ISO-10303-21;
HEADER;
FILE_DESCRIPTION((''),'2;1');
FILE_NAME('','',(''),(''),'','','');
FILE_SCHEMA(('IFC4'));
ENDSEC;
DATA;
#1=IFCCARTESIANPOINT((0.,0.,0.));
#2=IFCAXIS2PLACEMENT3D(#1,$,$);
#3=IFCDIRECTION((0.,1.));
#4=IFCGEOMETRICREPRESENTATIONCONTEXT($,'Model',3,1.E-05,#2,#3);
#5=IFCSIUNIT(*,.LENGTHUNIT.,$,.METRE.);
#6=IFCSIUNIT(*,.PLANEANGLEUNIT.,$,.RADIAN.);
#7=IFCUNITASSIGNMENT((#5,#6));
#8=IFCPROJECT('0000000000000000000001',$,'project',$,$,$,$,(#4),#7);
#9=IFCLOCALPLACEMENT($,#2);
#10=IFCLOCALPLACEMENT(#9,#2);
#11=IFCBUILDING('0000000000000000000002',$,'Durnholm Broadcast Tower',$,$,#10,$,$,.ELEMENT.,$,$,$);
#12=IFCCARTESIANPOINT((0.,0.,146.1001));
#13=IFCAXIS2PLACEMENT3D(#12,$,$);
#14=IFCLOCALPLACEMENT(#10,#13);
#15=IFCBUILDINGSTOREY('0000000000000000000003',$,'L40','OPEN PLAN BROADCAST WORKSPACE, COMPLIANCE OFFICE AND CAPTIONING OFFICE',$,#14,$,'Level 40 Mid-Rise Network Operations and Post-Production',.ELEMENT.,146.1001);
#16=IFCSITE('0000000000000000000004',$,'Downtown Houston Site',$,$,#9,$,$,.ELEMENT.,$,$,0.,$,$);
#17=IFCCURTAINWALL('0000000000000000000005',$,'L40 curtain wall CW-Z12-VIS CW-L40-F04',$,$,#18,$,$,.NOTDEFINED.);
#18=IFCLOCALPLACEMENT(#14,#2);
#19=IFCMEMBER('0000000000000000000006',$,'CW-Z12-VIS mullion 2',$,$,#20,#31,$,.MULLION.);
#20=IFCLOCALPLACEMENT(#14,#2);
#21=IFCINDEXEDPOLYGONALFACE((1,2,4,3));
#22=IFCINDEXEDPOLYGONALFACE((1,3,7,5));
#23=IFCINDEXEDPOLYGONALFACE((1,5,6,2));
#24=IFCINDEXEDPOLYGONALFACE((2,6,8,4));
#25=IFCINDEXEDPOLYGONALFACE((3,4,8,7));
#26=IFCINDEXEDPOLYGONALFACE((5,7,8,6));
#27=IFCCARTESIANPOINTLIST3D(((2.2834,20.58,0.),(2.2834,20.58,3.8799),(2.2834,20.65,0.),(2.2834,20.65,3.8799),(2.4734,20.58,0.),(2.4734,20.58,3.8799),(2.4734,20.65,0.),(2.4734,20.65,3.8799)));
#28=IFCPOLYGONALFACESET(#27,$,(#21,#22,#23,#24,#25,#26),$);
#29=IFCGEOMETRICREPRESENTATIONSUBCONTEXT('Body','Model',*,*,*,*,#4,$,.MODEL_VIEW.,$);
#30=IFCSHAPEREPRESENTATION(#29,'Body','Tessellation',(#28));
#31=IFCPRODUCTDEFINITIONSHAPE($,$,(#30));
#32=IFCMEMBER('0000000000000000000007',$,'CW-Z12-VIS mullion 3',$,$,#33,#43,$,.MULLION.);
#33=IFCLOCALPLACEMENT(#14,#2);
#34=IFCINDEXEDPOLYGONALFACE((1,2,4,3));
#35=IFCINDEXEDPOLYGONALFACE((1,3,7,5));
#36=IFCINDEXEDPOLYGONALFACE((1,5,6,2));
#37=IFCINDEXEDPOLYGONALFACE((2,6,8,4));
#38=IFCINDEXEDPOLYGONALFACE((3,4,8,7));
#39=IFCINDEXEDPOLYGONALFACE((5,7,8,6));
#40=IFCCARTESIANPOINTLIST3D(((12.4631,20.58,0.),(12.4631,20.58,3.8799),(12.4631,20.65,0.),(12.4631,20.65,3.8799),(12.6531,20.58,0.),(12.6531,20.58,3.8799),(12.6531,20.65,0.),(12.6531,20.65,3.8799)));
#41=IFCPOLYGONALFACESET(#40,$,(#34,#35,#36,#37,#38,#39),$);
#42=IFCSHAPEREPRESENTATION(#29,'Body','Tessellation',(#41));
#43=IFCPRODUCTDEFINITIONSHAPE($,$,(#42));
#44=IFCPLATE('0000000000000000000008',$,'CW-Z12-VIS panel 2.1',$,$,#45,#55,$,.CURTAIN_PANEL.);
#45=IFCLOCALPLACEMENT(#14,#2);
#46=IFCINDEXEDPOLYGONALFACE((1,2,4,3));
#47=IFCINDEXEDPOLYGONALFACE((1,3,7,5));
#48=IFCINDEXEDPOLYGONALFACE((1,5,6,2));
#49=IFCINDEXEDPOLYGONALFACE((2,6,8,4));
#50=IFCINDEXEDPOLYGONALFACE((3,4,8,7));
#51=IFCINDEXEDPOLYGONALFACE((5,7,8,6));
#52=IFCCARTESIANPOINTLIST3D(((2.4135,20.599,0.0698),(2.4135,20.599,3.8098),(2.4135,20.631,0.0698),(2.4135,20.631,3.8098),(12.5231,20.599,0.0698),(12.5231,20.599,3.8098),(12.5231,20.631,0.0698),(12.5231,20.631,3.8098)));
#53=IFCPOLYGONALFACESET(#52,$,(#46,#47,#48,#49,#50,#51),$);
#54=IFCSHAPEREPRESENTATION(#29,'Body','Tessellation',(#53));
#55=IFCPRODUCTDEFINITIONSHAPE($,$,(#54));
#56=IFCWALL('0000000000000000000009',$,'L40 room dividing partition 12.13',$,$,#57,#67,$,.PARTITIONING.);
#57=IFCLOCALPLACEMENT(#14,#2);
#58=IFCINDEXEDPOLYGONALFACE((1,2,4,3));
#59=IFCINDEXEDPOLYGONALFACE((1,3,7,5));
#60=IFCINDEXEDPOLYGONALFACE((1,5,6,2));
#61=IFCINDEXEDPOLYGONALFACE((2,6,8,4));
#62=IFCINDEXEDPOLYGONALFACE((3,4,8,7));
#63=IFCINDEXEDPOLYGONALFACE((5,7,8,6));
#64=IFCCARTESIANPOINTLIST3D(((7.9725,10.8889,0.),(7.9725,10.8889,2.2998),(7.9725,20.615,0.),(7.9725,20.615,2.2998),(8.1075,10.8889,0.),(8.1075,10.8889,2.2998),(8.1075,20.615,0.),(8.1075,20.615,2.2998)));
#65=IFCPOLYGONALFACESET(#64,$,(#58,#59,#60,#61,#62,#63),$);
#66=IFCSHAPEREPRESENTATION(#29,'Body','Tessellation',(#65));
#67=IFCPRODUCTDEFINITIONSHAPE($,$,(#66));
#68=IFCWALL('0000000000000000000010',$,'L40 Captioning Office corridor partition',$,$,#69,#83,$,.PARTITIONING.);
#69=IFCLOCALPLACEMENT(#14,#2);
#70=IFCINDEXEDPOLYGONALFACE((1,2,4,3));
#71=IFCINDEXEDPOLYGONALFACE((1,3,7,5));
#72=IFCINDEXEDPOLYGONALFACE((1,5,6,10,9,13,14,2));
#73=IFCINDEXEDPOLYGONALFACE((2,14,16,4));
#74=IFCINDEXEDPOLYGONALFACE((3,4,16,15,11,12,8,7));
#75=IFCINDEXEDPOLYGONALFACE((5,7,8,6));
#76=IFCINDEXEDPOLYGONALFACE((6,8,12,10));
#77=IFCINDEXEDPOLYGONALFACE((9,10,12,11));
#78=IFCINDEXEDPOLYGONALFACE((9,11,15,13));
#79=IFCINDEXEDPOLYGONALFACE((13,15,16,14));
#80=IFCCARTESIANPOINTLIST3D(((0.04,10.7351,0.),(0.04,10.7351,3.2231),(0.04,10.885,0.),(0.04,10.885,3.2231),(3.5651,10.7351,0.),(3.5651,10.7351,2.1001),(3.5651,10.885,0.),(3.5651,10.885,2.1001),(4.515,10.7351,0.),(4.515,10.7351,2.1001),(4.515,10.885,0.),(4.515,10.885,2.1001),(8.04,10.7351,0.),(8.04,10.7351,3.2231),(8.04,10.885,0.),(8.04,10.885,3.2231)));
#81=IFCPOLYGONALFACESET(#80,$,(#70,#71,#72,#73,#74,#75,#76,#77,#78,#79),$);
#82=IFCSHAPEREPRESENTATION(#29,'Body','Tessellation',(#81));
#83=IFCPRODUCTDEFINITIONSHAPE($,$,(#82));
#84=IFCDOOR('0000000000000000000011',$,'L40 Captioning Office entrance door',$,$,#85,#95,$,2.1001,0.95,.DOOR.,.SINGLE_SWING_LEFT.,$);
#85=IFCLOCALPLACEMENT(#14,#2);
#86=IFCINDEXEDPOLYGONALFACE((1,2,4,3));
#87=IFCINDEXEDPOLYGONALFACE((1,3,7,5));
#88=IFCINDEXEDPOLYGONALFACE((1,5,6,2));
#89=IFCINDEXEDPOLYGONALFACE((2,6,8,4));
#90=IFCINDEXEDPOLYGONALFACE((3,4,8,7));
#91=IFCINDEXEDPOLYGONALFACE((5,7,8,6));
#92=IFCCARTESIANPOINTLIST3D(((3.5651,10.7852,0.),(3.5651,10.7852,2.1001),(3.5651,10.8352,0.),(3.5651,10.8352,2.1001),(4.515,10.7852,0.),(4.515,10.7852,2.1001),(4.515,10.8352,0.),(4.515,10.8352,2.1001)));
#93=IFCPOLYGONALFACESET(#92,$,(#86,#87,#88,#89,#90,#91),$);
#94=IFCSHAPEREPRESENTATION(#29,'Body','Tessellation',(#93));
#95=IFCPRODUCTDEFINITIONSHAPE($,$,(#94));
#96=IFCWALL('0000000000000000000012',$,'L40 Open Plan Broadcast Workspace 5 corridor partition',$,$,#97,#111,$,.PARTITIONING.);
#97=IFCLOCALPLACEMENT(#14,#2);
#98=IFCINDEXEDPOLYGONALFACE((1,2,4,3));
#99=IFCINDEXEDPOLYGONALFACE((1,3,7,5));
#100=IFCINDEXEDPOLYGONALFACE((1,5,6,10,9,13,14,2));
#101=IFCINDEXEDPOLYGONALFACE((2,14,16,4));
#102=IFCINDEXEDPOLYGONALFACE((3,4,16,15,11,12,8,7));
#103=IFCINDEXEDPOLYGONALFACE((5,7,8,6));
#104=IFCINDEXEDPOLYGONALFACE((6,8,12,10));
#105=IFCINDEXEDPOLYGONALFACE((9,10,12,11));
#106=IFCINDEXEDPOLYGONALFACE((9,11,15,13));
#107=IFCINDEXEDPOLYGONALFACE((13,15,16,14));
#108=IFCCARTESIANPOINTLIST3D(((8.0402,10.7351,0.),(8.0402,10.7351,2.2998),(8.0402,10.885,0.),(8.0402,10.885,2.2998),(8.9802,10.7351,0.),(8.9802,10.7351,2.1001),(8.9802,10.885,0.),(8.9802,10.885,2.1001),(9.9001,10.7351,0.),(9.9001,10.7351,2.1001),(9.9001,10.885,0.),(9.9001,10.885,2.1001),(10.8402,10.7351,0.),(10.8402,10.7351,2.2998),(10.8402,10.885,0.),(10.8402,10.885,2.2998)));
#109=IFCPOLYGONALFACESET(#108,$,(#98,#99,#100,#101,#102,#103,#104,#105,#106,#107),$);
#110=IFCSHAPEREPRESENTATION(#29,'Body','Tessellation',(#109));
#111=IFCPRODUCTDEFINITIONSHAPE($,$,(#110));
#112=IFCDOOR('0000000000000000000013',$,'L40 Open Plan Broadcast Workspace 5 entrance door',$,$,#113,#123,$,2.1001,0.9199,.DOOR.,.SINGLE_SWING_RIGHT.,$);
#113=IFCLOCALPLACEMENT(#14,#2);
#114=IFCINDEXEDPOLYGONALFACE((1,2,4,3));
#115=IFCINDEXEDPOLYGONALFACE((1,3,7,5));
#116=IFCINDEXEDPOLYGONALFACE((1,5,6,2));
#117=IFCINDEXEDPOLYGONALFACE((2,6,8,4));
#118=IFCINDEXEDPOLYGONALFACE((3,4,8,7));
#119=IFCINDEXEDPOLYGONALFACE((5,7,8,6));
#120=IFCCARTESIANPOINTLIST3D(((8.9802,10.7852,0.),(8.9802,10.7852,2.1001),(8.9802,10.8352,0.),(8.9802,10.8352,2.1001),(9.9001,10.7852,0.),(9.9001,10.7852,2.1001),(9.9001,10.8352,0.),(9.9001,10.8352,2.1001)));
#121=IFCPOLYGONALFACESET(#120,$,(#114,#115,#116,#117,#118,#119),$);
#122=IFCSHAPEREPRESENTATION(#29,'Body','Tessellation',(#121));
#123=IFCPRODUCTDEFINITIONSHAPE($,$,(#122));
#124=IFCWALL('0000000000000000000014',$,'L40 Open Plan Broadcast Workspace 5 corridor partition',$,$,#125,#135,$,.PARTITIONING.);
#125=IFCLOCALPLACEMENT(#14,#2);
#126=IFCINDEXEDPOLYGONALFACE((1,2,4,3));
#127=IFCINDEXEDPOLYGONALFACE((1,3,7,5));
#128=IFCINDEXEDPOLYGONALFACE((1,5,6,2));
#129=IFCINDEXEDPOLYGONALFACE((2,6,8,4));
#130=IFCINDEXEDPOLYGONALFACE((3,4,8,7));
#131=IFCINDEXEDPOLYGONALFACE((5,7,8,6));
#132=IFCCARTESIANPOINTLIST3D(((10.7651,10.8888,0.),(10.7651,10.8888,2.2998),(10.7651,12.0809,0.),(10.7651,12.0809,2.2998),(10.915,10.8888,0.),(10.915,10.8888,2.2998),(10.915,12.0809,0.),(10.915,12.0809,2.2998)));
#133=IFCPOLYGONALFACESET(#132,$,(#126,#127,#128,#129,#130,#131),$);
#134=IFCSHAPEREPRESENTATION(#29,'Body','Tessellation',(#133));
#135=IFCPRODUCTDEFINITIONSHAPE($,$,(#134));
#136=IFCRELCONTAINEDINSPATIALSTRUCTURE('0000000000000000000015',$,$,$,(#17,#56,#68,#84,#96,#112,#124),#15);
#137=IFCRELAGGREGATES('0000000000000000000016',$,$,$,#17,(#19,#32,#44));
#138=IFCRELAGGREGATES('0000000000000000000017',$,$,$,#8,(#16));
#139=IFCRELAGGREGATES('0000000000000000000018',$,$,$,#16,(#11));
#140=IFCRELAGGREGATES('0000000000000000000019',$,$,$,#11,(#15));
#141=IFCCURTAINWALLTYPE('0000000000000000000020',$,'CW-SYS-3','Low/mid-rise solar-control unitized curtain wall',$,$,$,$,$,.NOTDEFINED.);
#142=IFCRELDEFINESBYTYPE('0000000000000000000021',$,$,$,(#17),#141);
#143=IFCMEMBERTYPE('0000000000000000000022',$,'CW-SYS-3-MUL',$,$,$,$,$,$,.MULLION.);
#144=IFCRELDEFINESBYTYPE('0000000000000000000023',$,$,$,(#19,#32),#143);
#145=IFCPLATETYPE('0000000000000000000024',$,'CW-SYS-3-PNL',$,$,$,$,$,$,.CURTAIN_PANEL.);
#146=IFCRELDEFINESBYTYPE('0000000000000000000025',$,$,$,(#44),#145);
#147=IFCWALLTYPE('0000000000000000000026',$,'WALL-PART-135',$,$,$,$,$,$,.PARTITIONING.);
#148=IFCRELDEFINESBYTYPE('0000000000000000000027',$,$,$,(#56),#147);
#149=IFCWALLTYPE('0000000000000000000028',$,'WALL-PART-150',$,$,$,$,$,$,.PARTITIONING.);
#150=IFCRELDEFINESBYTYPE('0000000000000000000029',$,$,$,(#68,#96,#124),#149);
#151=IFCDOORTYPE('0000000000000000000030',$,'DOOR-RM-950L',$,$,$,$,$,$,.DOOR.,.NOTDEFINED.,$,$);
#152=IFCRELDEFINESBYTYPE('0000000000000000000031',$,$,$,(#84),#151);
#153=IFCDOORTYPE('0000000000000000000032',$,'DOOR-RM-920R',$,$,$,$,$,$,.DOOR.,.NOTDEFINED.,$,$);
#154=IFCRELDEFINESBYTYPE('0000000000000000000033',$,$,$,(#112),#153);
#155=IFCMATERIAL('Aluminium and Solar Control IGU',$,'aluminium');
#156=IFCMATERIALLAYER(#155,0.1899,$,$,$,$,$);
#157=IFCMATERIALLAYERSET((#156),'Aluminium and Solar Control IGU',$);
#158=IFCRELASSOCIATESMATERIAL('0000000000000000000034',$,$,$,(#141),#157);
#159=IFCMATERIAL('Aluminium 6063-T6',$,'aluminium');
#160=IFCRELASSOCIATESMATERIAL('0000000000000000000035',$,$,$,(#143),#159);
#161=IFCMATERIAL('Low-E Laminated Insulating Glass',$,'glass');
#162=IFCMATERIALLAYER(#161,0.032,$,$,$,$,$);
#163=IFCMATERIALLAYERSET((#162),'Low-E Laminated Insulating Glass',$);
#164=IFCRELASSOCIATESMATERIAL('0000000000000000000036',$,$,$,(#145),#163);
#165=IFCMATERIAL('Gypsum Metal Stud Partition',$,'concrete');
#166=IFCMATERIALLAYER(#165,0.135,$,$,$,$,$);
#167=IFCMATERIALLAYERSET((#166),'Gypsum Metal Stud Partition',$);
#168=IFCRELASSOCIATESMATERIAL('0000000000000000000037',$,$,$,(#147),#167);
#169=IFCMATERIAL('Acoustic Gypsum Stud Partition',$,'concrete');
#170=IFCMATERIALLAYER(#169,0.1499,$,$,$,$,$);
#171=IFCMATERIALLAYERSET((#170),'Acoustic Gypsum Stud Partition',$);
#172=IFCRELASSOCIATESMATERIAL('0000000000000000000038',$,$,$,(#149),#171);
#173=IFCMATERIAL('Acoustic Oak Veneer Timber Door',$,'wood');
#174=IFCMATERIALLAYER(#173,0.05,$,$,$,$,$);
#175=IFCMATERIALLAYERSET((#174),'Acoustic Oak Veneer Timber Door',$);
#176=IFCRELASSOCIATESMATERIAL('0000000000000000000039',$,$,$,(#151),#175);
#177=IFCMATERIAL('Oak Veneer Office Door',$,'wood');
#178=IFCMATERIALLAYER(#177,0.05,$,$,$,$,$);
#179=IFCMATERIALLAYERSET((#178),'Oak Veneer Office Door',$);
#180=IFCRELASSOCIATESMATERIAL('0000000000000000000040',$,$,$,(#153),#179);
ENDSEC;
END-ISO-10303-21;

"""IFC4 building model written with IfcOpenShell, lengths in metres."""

from ifc_helpers import new_model, si_unit, direction, frame, frame_2d, origin, origin_2d, place, context, subcontext, project, spatial, rectangle, extrude, source, transform, mapped, material, layer, layer_set, material_profile, profile_set, type_object, type_shapes, element, fill, aggregate, save


model = new_model("IFC4")

# Units and contexts
model_context = context("Model", 3, precision=1e-05, world=origin(), true_north=direction((0.0, 1.0)))
body_context = subcontext(model_context, "Body", "Model", "MODEL_VIEW")
ifc_project = project(units=[si_unit("LENGTHUNIT", "METRE"), si_unit("PLANEANGLEUNIT", "RADIAN")], contexts=[model_context])

# Site, building, storey
site_placement = place(None, origin())
site = spatial("IfcSite", under=ifc_project, at=site_placement, Name="Downtown Houston Site", CompositionType="ELEMENT", RefElevation=0.0)
building_placement = place(site_placement, origin())
building = spatial("IfcBuilding", under=site, at=building_placement, Name="Durnholm Broadcast Tower", CompositionType="ELEMENT")
storey_placement = place(building_placement, frame((0.0, 0.0, 146.1001)))
storey = spatial("IfcBuildingStorey", under=building, at=storey_placement, Name="L40", Description="OPEN PLAN BROADCAST WORKSPACE, COMPLIANCE OFFICE AND CAPTIONING OFFICE", LongName="Level 40 Mid-Rise Network Operations and Post-Production", CompositionType="ELEMENT", Elevation=146.1001)

# Curtain wall
ifc_material_1 = material(Name="Aluminium and Solar Control IGU", Category="aluminium")
ifc_material_2 = material(Name="Aluminium 6063-T6", Category="aluminium")
ifc_layer_1 = layer(ifc_material_1, 0.1899)
ifc_layer_set_1 = layer_set([ifc_layer_1], Name="Aluminium and Solar Control IGU")
curtain_wall_type_1 = type_object("IfcCurtainWallType", Name="CW-SYS-3", Description="Low/mid-rise solar-control unitized curtain wall", PredefinedType="NOTDEFINED", material=ifc_layer_set_1)
curtain_wall_1_placement = place(storey_placement, origin())
curtain_wall_1 = element("IfcCurtainWall", 1, at=curtain_wall_1_placement, inside=storey, type_object=curtain_wall_type_1, Name="L40 curtain wall CW-Z12-VIS CW-L40-F04", PredefinedType="NOTDEFINED")

# Members
ifc_material_profile_1 = material_profile(ifc_material_2, rectangle(XDim=0.0701, YDim=0.1899, at=origin_2d()), Name="CWM70X190")
ifc_profile_set_1 = profile_set([ifc_material_profile_1], Name="Aluminium 6063-T6")
member_type_1 = type_object("IfcMemberType", Name="CW-SYS-3-MUL", PredefinedType="MULLION", material=ifc_profile_set_1)
shared_shape_1 = source(origin(), body_context, "Body", "SweptSolid", [
    extrude(rectangle(XDim=0.0701, YDim=0.1899, at=origin_2d()), origin(), (0.0, 0.0, 1.0), 3.8799),
])
type_shapes(member_type_1, [shared_shape_1])
member_1_placement = place(storey_placement, frame((2.3784, 20.615, 0.0), z_axis=(0.0, 0.0, 1.0), x_axis=(0.0, 1.0, 0.0)))
member_1 = element("IfcMember", 2, at=member_1_placement, type_object=member_type_1, Name="CW-Z12-VIS mullion 2", PredefinedType="MULLION", context=body_context, shape_type="MappedRepresentation", body=[
    mapped(shared_shape_1, transform((0.0, 0.0, 0.0), x_axis=(1.0, 0.0, 0.0), y_axis=(0.0, 1.0, 0.0), z_axis=(0.0, 0.0, 1.0), scale=1.0)),
])
member_2_placement = place(storey_placement, frame((12.5581, 20.615, 0.0), z_axis=(0.0, 0.0, 1.0), x_axis=(0.0, 1.0, 0.0)))
member_2 = element("IfcMember", 3, at=member_2_placement, type_object=member_type_1, Name="CW-Z12-VIS mullion 3", PredefinedType="MULLION", context=body_context, shape_type="MappedRepresentation", body=[
    mapped(shared_shape_1, transform((0.0, 0.0, 0.0), x_axis=(1.0, 0.0, 0.0), y_axis=(0.0, 1.0, 0.0), z_axis=(0.0, 0.0, 1.0), scale=1.0)),
])

# Plate
ifc_material_3 = material(Name="Low-E Laminated Insulating Glass", Category="glass")
ifc_layer_2 = layer(ifc_material_3, 0.032)
ifc_layer_set_2 = layer_set([ifc_layer_2], Name="Low-E Laminated Insulating Glass")
plate_type = type_object("IfcPlateType", Name="CW-SYS-3-PNL", PredefinedType="CURTAIN_PANEL", material=ifc_layer_set_2)
shared_shape_2 = source(origin(), body_context, "Body", "SweptSolid", [
    extrude(rectangle(XDim=10.1096, YDim=0.032, at=origin_2d()), origin(), (0.0, 0.0, 1.0), 3.74),
])
type_shapes(plate_type, [shared_shape_2])
plate_placement = place(storey_placement, frame((7.4683, 20.615, 0.0698), z_axis=(0.0, 0.0, 1.0), x_axis=(1.0, 0.0, 0.0)))
plate = element("IfcPlate", 4, at=plate_placement, type_object=plate_type, Name="CW-Z12-VIS panel 2.1", PredefinedType="CURTAIN_PANEL", context=body_context, shape_type="MappedRepresentation", body=[
    mapped(shared_shape_2, transform((0.0, 0.0, 0.0), x_axis=(1.0, 0.0, 0.0), y_axis=(0.0, 1.0, 0.0), z_axis=(0.0, 0.0, 1.0), scale=1.0)),
])
aggregate(curtain_wall_1, [member_1, member_2, plate])

# Wall
ifc_material_4 = material(Name="Gypsum Metal Stud Partition", Category="concrete")
ifc_layer_3 = layer(ifc_material_4, 0.135)
ifc_layer_set_3 = layer_set([ifc_layer_3], Name="Gypsum Metal Stud Partition")
wall_type_1 = type_object("IfcWallType", Name="WALL-PART-135", PredefinedType="PARTITIONING", material=ifc_layer_set_3)
wall_1_placement = place(storey_placement, frame((8.04, 20.615, 0.0), z_axis=(0.0, 0.0, 1.0), x_axis=(0.0, -1.0, 0.0)))
element("IfcWall", 5, at=wall_1_placement, inside=storey, type_object=wall_type_1, Name="L40 room dividing partition 12.13", PredefinedType="PARTITIONING", context=body_context, shape_type="SweptSolid", body=[
    extrude(rectangle(XDim=9.7261, YDim=0.135, at=frame_2d((4.863, 0.0))), origin(), (0.0, 0.0, 1.0), 2.2998),
])

# Walls, openings, doors
ifc_material_5 = material(Name="Acoustic Gypsum Stud Partition", Category="concrete")
ifc_layer_4 = layer(ifc_material_5, 0.1499)
ifc_layer_set_4 = layer_set([ifc_layer_4], Name="Acoustic Gypsum Stud Partition")
wall_type_2 = type_object("IfcWallType", Name="WALL-PART-150", PredefinedType="PARTITIONING", material=ifc_layer_set_4)
wall_2_placement = place(storey_placement, frame((8.04, 10.8101, 0.0), z_axis=(0.0, 0.0, 1.0), x_axis=(-1.0, 0.0, 0.0)))
wall_2 = element("IfcWall", 6, at=wall_2_placement, inside=storey, type_object=wall_type_2, Name="L40 Captioning Office corridor partition", PredefinedType="PARTITIONING", context=body_context, shape_type="SweptSolid", body=[
    extrude(rectangle(XDim=8.0, YDim=0.1499, at=frame_2d((4.0, 0.0))), origin(), (0.0, 0.0, 1.0), 3.2231),
])
opening_1_placement = place(wall_2_placement, frame((3.5249, 0.0, 0.0)))
opening_1 = element("IfcOpeningElement", 7, at=opening_1_placement, cuts=wall_2, PredefinedType="OPENING", context=body_context, shape_type="SweptSolid", body=[
    extrude(rectangle(XDim=0.95, YDim=2.1001, at=frame_2d((0.4751, 1.05))), frame((0.0, 0.085, 0.0), z_axis=(0.0, -1.0, 0.0), x_axis=(1.0, 0.0, 0.0)), (0.0, 0.0, 1.0), 0.1699),
])
ifc_material_6 = material(Name="Acoustic Oak Veneer Timber Door", Category="wood")
ifc_layer_5 = layer(ifc_material_6, 0.05)
ifc_layer_set_5 = layer_set([ifc_layer_5], Name="Acoustic Oak Veneer Timber Door")
door_type_1 = type_object("IfcDoorType", Name="DOOR-RM-950L", OperationType="NOTDEFINED", PredefinedType="DOOR", material=ifc_layer_set_5)
shared_shape_3 = source(origin(), body_context, "Body", "SweptSolid", [
    extrude(rectangle(XDim=0.95, YDim=2.1001, at=frame_2d((0.4751, 1.05))), frame((0.0, 0.0249, 0.0), z_axis=(0.0, -1.0, 0.0), x_axis=(1.0, 0.0, 0.0)), (0.0, 0.0, 1.0), 0.05),
])
type_shapes(door_type_1, [shared_shape_3])
door_1_placement = place(opening_1_placement, origin())
door_1 = element("IfcDoor", 8, at=door_1_placement, inside=storey, type_object=door_type_1, Name="L40 Captioning Office entrance door", OperationType="SINGLE_SWING_LEFT", OverallHeight=2.1001, OverallWidth=0.95, PredefinedType="DOOR", context=body_context, shape_type="MappedRepresentation", body=[
    mapped(shared_shape_3, transform((0.0, 0.0, 0.0), x_axis=(1.0, 0.0, 0.0), y_axis=(0.0, 1.0, 0.0), z_axis=(0.0, 0.0, 1.0), scale=1.0)),
])
fill(opening_1, door_1)
wall_3_placement = place(storey_placement, frame((10.8401, 10.8101, 0.0), z_axis=(0.0, 0.0, 1.0), x_axis=(-1.0, 0.0, 0.0)))
wall_3 = element("IfcWall", 9, at=wall_3_placement, inside=storey, type_object=wall_type_2, Name="L40 Open Plan Broadcast Workspace 5 corridor partition", PredefinedType="PARTITIONING", context=body_context, shape_type="SweptSolid", body=[
    extrude(rectangle(XDim=2.8, YDim=0.1499, at=frame_2d((1.3999, 0.0))), origin(), (0.0, 0.0, 1.0), 2.2998),
])
opening_2_placement = place(wall_3_placement, frame((0.9399, 0.0, 0.0)))
opening_2 = element("IfcOpeningElement", 10, at=opening_2_placement, cuts=wall_3, PredefinedType="OPENING", context=body_context, shape_type="SweptSolid", body=[
    extrude(rectangle(XDim=0.9199, YDim=2.1001, at=frame_2d((0.46, 1.05))), frame((0.0, 0.085, 0.0), z_axis=(0.0, -1.0, 0.0), x_axis=(1.0, 0.0, 0.0)), (0.0, 0.0, 1.0), 0.1699),
])
ifc_material_7 = material(Name="Oak Veneer Office Door", Category="wood")
ifc_layer_6 = layer(ifc_material_7, 0.05)
ifc_layer_set_6 = layer_set([ifc_layer_6], Name="Oak Veneer Office Door")
door_type_2 = type_object("IfcDoorType", Name="DOOR-RM-920R", OperationType="NOTDEFINED", PredefinedType="DOOR", material=ifc_layer_set_6)
shared_shape_4 = source(origin(), body_context, "Body", "SweptSolid", [
    extrude(rectangle(XDim=0.9199, YDim=2.1001, at=frame_2d((0.46, 1.05))), frame((0.0, 0.0249, 0.0), z_axis=(0.0, -1.0, 0.0), x_axis=(1.0, 0.0, 0.0)), (0.0, 0.0, 1.0), 0.05),
])
type_shapes(door_type_2, [shared_shape_4])
door_2_placement = place(opening_2_placement, origin())
door_2 = element("IfcDoor", 11, at=door_2_placement, inside=storey, type_object=door_type_2, Name="L40 Open Plan Broadcast Workspace 5 entrance door", OperationType="SINGLE_SWING_RIGHT", OverallHeight=2.1001, OverallWidth=0.9199, PredefinedType="DOOR", context=body_context, shape_type="MappedRepresentation", body=[
    mapped(shared_shape_4, transform((0.0, 0.0, 0.0), x_axis=(1.0, 0.0, 0.0), y_axis=(0.0, 1.0, 0.0), z_axis=(0.0, 0.0, 1.0), scale=1.0)),
])
fill(opening_2, door_2)

# Wall
wall_4_placement = place(storey_placement, frame((10.8401, 12.0811, 0.0), z_axis=(0.0, 0.0, 1.0), x_axis=(0.0, -1.0, 0.0)))
element("IfcWall", 12, at=wall_4_placement, inside=storey, type_object=wall_type_2, Name="L40 Open Plan Broadcast Workspace 5 corridor partition", PredefinedType="PARTITIONING", context=body_context, shape_type="SweptSolid", body=[
    extrude(rectangle(XDim=1.1921, YDim=0.1499, at=frame_2d((0.5962, 0.0))), origin(), (0.0, 0.0, 1.0), 2.2998),
])

save(model, "model.ifc")
